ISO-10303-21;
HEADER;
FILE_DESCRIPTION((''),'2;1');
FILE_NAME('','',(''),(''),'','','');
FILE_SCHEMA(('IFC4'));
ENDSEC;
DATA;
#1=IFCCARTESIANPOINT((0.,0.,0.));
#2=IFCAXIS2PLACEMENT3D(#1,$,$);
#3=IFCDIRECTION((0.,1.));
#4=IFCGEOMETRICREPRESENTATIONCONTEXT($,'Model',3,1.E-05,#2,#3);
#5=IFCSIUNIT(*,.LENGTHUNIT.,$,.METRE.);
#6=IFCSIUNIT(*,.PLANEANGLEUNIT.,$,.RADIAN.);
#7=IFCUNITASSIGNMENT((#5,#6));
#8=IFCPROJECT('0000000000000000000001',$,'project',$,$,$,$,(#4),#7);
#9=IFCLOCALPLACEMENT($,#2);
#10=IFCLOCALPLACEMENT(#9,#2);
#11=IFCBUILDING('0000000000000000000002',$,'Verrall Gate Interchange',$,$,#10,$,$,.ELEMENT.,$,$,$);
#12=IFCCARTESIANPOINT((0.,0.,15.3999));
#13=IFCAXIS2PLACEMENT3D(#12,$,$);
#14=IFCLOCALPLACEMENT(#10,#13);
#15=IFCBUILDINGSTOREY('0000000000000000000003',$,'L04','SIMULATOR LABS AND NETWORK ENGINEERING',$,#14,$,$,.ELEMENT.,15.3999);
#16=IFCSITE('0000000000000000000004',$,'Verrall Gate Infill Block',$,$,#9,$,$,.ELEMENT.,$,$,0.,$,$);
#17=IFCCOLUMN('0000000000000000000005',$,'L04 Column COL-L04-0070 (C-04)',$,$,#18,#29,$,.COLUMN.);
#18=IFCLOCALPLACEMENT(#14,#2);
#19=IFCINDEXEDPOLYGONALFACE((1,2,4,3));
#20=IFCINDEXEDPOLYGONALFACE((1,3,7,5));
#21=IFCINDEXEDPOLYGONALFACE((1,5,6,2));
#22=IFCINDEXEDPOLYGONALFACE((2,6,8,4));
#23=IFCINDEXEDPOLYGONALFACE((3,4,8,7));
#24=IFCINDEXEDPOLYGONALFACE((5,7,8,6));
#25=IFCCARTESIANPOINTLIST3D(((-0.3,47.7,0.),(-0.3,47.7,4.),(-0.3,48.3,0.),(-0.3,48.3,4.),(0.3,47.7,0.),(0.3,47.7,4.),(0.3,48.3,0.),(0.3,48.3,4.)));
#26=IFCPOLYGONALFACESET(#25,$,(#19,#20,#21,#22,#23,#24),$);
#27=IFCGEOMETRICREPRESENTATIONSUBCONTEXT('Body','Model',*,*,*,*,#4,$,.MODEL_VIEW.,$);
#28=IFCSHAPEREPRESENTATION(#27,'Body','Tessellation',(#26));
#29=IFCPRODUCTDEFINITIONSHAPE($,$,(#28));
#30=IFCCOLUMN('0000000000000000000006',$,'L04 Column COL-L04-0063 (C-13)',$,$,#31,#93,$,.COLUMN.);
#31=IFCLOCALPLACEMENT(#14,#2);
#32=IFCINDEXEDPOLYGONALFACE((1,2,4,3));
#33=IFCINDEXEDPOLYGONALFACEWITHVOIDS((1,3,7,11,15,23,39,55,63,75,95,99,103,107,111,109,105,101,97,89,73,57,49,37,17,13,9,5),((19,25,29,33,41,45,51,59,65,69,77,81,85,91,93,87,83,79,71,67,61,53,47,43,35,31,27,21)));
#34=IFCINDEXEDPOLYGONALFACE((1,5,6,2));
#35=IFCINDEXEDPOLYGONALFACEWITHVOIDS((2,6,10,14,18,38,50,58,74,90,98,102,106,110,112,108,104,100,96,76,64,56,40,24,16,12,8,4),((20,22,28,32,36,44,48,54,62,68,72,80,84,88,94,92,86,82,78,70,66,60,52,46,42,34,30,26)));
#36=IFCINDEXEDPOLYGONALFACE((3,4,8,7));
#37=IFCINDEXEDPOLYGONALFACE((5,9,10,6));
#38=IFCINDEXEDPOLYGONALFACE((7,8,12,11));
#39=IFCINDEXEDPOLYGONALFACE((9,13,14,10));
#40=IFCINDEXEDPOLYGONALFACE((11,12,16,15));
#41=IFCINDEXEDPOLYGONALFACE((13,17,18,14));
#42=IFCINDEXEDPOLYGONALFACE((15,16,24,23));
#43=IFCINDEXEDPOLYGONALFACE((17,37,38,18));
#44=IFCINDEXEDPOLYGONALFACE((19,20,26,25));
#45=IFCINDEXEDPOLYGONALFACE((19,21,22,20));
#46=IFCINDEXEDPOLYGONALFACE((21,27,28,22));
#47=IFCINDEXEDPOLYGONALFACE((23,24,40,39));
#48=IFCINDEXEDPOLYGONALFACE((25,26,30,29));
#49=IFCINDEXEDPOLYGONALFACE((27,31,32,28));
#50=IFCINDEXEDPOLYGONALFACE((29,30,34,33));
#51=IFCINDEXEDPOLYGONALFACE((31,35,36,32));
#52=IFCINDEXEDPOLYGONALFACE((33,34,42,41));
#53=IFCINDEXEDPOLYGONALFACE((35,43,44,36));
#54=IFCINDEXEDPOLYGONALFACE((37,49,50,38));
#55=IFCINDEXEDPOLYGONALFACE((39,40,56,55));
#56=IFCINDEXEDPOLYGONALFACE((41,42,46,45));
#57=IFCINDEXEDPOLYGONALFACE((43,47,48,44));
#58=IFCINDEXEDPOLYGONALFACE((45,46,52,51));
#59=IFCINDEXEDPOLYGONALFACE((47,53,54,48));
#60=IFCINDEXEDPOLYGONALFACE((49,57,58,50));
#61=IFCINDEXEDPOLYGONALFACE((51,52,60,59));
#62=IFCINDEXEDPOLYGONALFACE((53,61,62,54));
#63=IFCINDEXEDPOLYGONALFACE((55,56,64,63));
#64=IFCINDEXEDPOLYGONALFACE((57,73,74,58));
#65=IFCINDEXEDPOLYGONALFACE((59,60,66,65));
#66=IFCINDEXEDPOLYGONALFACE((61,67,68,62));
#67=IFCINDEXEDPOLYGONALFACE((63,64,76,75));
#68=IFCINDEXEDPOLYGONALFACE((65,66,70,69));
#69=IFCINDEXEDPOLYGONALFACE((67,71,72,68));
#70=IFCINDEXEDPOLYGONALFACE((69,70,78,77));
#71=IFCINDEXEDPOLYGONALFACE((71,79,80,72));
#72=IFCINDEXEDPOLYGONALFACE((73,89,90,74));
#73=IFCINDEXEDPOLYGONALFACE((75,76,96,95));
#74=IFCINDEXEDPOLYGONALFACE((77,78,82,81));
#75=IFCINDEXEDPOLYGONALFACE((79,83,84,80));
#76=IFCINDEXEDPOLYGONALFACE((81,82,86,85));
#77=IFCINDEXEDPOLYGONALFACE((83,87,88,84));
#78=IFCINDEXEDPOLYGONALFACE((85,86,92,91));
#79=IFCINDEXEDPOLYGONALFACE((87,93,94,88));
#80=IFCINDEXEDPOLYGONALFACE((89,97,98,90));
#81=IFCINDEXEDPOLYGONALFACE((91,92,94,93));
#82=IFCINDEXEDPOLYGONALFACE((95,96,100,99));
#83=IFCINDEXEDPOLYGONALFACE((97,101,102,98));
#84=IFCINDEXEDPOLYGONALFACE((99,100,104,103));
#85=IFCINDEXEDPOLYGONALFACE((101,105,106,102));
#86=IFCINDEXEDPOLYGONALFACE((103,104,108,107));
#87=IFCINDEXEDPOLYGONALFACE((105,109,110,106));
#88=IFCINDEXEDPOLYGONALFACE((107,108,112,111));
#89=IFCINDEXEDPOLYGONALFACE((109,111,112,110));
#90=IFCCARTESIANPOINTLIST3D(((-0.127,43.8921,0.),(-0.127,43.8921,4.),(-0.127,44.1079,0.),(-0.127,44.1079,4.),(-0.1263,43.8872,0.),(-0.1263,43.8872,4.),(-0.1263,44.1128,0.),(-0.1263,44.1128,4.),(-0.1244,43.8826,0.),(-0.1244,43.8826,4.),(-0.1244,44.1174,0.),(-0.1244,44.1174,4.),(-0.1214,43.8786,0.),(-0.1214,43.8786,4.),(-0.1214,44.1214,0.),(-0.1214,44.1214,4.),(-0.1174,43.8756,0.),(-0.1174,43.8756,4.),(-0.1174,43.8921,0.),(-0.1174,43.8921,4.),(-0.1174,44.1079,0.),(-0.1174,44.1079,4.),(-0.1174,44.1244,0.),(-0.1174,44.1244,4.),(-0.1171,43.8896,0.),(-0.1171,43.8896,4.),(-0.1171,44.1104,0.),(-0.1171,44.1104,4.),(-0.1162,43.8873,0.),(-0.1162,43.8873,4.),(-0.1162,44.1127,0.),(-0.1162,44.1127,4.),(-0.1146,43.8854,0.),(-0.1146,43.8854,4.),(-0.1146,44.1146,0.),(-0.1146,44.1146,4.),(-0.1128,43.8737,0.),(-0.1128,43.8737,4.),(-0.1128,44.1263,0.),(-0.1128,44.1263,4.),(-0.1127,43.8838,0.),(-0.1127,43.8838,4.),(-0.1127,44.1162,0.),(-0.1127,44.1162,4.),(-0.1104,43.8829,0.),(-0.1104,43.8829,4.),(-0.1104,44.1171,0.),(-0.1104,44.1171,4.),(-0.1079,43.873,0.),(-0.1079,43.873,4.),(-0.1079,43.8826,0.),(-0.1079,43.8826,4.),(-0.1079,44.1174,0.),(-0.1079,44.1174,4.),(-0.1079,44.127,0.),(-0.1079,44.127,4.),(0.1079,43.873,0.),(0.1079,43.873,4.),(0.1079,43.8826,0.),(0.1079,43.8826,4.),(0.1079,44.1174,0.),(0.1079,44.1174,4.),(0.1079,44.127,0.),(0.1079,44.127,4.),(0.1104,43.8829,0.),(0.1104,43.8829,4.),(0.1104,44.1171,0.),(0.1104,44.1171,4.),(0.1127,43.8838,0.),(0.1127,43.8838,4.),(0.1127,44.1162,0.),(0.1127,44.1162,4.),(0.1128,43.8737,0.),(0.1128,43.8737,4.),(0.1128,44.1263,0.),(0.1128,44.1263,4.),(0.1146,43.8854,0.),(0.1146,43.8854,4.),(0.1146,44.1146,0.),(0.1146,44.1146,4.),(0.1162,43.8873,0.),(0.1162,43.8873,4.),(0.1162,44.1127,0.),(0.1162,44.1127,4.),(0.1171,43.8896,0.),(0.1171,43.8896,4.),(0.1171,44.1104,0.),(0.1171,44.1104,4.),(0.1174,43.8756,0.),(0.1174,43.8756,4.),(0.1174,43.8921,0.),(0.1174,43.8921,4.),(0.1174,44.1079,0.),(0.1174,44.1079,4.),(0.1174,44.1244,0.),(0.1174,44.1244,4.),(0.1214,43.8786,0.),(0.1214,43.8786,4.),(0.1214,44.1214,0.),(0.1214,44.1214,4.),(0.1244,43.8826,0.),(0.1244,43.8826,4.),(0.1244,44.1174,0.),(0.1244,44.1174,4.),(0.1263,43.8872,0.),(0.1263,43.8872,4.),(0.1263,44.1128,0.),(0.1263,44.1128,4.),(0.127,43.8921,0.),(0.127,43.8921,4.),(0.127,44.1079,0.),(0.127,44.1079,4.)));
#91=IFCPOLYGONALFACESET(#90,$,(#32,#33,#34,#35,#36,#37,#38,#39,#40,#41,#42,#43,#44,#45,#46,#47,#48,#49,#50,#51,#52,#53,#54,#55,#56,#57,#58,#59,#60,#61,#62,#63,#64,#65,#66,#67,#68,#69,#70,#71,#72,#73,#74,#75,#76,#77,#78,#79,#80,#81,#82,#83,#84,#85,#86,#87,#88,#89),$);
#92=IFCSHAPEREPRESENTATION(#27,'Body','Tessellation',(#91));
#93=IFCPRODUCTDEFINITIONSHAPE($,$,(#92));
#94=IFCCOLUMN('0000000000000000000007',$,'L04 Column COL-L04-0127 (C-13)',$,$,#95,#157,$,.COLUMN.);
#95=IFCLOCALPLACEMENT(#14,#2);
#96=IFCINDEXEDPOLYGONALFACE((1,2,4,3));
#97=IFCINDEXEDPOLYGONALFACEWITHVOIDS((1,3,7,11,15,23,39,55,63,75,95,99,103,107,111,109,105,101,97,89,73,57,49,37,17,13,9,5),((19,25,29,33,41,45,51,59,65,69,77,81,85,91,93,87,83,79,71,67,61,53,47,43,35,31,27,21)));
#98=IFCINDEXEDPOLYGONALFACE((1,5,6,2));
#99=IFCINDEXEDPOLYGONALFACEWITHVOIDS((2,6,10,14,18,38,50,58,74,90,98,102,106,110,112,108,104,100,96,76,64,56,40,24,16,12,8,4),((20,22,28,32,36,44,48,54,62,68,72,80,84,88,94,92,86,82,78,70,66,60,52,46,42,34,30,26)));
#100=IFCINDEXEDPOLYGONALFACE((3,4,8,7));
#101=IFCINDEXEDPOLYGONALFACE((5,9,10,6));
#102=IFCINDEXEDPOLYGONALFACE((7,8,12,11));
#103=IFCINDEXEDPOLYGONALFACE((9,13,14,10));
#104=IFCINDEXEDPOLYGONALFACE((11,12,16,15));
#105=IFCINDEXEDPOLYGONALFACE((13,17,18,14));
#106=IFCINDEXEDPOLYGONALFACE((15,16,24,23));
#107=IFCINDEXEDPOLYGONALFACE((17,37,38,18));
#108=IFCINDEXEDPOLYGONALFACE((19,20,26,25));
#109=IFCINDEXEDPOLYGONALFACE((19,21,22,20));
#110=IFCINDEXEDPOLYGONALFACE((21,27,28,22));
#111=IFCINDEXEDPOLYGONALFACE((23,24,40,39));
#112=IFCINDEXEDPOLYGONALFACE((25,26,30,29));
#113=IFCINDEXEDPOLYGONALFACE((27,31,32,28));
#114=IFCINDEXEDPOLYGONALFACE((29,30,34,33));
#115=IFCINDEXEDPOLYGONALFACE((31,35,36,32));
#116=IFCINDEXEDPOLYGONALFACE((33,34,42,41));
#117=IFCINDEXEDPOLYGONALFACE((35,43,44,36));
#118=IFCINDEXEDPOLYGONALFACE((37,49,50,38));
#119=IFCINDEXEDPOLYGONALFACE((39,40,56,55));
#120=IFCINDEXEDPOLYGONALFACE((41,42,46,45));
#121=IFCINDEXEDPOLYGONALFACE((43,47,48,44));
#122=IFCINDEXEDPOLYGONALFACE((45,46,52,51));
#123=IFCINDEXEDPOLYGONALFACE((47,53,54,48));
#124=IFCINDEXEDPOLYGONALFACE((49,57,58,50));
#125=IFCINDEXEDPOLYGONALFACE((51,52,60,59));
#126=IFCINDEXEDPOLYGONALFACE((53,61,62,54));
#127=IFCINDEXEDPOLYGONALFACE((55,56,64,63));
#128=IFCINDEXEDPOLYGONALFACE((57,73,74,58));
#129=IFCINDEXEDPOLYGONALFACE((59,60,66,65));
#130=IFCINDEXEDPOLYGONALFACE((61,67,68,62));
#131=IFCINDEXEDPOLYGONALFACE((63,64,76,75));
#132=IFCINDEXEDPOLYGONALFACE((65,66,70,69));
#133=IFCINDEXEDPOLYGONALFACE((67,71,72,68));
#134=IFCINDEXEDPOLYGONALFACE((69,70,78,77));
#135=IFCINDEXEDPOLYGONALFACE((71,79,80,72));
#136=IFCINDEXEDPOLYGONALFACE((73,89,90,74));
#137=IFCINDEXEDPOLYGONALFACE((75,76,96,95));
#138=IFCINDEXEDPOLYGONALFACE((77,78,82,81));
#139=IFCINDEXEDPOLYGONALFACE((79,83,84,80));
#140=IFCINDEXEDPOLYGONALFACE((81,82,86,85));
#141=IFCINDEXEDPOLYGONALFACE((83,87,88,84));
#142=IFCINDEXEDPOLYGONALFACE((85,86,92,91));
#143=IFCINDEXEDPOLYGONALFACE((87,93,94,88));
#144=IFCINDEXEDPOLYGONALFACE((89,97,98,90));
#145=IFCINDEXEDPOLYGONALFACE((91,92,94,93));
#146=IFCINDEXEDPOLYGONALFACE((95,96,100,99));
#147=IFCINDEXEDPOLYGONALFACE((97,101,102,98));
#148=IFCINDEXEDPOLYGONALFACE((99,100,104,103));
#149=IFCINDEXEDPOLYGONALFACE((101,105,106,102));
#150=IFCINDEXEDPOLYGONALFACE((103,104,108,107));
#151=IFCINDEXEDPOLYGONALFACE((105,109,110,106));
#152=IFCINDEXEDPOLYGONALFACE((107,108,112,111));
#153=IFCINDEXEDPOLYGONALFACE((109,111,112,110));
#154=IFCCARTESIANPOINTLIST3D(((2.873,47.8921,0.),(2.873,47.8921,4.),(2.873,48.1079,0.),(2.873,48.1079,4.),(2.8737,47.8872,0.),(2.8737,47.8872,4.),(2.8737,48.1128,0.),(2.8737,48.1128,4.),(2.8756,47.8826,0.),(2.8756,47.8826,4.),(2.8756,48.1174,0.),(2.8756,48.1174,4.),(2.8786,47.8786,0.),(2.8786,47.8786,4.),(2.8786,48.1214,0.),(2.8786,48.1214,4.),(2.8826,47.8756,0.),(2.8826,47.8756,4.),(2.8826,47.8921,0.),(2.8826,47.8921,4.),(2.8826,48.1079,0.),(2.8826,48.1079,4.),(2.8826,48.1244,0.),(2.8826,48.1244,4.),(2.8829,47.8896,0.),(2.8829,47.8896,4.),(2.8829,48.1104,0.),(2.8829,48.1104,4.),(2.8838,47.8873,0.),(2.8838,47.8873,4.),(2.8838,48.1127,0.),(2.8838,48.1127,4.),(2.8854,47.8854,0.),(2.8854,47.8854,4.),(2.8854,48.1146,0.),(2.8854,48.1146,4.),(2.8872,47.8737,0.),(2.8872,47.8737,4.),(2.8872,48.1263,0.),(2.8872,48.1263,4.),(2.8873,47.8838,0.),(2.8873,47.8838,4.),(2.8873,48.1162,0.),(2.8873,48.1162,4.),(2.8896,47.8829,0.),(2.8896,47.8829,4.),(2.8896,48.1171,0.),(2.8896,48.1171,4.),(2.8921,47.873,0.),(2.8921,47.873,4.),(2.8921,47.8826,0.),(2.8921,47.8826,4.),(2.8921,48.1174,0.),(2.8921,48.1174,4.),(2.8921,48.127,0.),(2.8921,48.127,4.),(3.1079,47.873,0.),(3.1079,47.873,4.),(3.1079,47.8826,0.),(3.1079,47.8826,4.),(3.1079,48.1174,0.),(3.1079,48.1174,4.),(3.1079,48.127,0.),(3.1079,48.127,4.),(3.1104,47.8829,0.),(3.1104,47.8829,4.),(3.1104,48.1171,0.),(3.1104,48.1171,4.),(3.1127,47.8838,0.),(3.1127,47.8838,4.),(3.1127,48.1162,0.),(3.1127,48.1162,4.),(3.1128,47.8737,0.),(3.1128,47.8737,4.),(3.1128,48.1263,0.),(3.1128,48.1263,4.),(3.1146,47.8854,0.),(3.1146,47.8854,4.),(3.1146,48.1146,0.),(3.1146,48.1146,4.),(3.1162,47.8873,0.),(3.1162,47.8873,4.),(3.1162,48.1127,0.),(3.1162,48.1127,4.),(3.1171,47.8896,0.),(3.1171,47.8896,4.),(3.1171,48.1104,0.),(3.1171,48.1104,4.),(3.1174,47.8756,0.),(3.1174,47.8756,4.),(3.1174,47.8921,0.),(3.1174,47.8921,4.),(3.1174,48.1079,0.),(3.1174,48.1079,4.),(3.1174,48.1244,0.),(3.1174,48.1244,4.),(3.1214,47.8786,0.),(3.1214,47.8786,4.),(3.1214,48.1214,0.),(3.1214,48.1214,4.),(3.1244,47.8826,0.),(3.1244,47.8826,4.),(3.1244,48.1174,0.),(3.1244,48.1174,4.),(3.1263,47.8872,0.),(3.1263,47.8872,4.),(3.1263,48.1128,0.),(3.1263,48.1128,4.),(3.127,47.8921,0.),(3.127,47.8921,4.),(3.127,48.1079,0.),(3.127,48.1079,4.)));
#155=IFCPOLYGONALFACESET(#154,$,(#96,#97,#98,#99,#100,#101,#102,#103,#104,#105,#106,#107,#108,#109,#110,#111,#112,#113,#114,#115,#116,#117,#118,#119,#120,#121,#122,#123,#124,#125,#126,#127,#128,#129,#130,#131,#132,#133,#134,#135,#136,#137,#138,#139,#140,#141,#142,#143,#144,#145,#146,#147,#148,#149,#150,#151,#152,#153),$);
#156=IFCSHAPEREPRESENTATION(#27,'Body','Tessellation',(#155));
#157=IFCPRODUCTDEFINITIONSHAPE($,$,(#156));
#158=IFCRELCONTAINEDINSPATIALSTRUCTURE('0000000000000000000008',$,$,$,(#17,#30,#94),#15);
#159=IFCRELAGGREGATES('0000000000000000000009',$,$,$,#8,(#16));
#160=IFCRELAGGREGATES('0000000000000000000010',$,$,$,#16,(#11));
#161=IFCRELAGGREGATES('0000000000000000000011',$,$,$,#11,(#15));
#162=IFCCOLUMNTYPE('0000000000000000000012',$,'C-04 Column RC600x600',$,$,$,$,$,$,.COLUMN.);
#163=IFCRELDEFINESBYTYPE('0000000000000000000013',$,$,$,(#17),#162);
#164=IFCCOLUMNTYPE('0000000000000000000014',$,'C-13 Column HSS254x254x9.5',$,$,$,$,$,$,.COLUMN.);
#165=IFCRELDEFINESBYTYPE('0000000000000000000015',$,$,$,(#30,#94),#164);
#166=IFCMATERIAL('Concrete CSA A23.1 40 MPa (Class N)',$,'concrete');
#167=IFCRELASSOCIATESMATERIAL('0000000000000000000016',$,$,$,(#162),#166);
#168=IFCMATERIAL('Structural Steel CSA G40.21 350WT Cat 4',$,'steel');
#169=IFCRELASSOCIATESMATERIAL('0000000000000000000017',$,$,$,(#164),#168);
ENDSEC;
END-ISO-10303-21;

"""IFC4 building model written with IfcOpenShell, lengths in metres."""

from ifc_helpers import new_model, si_unit, direction, frame, origin, origin_2d, place, context, subcontext, project, spatial, rectangle, hollow_rectangle, extrude, material, material_profile, profile_set, type_object, element, save


model = new_model("IFC4")

# Units and contexts
model_context = context("Model", 3, precision=1e-05, world=origin(), true_north=direction((0.0, 1.0)))
body_context = subcontext(model_context, "Body", "Model", "MODEL_VIEW")
ifc_project = project(units=[si_unit("LENGTHUNIT", "METRE"), si_unit("PLANEANGLEUNIT", "RADIAN")], contexts=[model_context])

# Site, building, storey
site_placement = place(None, origin())
site = spatial("IfcSite", under=ifc_project, at=site_placement, Name="Verrall Gate Infill Block", CompositionType="ELEMENT", RefElevation=0.0)
building_placement = place(site_placement, origin())
building = spatial("IfcBuilding", under=site, at=building_placement, Name="Verrall Gate Interchange", CompositionType="ELEMENT")
storey_placement = place(building_placement, frame((0.0, 0.0, 15.3999)))
storey = spatial("IfcBuildingStorey", under=building, at=storey_placement, Name="L04", Description="SIMULATOR LABS AND NETWORK ENGINEERING", CompositionType="ELEMENT", Elevation=15.3999)

# Columns
ifc_material_1 = material(Name="Concrete CSA A23.1 40 MPa (Class N)", Category="concrete")
ifc_material_profile_1 = material_profile(ifc_material_1, rectangle(XDim=0.6001, YDim=0.6001, at=origin_2d()), Name="RC600x600")
ifc_profile_set_1 = profile_set([ifc_material_profile_1], Name="Concrete CSA A23.1 40 MPa (Class N)")
column_type_1 = type_object("IfcColumnType", Name="C-04 Column RC600x600", PredefinedType="COLUMN", material=ifc_profile_set_1)
column_placement = place(storey_placement, frame((0.0, 48.0, 0.0), z_axis=(0.0, 0.0, 1.0), x_axis=(1.0, 0.0, 0.0)))
element("IfcColumn", 1, at=column_placement, inside=storey, type_object=column_type_1, Name="L04 Column COL-L04-0070 (C-04)", PredefinedType="COLUMN", context=body_context, shape_type="SweptSolid", body=[
    extrude(rectangle(XDim=0.6001, YDim=0.6001, at=origin_2d()), origin(), (0.0, 0.0, 1.0), 4.0),
])
ifc_material_2 = material(Name="Structural Steel CSA G40.21 350WT Cat 4", Category="steel")
ifc_material_profile_2 = material_profile(ifc_material_2, hollow_rectangle(XDim=0.2539, YDim=0.2539, WallThickness=0.0095, InnerFilletRadius=0.0095, OuterFilletRadius=0.019, at=origin_2d()), Name="HSS254x254x9.5")
ifc_profile_set_2 = profile_set([ifc_material_profile_2], Name="Structural Steel CSA G40.21 350WT Cat 4")
column_type_2 = type_object("IfcColumnType", Name="C-13 Column HSS254x254x9.5", PredefinedType="COLUMN", material=ifc_profile_set_2)
for number, where, z_axis, x_axis, name in (
    (2, (0.0, 44.0, 0.0), (0.0, 0.0, 1.0), (1.0, 0.0, 0.0), "L04 Column COL-L04-0063 (C-13)"),
    (3, (3.0, 48.0, 0.0), (0.0, 0.0, 1.0), (1.0, 0.0, 0.0), "L04 Column COL-L04-0127 (C-13)"),
):
    element("IfcColumn", number, at=place(storey_placement, frame(where, z_axis=z_axis, x_axis=x_axis)), inside=storey, type_object=column_type_2, Name=name, PredefinedType="COLUMN", context=body_context, shape_type="SweptSolid", body=[
        extrude(hollow_rectangle(XDim=0.2539, YDim=0.2539, WallThickness=0.0095, InnerFilletRadius=0.0095, OuterFilletRadius=0.019, at=origin_2d()), origin(), (0.0, 0.0, 1.0), 4.0),
    ])

save(model, "model.ifc")
